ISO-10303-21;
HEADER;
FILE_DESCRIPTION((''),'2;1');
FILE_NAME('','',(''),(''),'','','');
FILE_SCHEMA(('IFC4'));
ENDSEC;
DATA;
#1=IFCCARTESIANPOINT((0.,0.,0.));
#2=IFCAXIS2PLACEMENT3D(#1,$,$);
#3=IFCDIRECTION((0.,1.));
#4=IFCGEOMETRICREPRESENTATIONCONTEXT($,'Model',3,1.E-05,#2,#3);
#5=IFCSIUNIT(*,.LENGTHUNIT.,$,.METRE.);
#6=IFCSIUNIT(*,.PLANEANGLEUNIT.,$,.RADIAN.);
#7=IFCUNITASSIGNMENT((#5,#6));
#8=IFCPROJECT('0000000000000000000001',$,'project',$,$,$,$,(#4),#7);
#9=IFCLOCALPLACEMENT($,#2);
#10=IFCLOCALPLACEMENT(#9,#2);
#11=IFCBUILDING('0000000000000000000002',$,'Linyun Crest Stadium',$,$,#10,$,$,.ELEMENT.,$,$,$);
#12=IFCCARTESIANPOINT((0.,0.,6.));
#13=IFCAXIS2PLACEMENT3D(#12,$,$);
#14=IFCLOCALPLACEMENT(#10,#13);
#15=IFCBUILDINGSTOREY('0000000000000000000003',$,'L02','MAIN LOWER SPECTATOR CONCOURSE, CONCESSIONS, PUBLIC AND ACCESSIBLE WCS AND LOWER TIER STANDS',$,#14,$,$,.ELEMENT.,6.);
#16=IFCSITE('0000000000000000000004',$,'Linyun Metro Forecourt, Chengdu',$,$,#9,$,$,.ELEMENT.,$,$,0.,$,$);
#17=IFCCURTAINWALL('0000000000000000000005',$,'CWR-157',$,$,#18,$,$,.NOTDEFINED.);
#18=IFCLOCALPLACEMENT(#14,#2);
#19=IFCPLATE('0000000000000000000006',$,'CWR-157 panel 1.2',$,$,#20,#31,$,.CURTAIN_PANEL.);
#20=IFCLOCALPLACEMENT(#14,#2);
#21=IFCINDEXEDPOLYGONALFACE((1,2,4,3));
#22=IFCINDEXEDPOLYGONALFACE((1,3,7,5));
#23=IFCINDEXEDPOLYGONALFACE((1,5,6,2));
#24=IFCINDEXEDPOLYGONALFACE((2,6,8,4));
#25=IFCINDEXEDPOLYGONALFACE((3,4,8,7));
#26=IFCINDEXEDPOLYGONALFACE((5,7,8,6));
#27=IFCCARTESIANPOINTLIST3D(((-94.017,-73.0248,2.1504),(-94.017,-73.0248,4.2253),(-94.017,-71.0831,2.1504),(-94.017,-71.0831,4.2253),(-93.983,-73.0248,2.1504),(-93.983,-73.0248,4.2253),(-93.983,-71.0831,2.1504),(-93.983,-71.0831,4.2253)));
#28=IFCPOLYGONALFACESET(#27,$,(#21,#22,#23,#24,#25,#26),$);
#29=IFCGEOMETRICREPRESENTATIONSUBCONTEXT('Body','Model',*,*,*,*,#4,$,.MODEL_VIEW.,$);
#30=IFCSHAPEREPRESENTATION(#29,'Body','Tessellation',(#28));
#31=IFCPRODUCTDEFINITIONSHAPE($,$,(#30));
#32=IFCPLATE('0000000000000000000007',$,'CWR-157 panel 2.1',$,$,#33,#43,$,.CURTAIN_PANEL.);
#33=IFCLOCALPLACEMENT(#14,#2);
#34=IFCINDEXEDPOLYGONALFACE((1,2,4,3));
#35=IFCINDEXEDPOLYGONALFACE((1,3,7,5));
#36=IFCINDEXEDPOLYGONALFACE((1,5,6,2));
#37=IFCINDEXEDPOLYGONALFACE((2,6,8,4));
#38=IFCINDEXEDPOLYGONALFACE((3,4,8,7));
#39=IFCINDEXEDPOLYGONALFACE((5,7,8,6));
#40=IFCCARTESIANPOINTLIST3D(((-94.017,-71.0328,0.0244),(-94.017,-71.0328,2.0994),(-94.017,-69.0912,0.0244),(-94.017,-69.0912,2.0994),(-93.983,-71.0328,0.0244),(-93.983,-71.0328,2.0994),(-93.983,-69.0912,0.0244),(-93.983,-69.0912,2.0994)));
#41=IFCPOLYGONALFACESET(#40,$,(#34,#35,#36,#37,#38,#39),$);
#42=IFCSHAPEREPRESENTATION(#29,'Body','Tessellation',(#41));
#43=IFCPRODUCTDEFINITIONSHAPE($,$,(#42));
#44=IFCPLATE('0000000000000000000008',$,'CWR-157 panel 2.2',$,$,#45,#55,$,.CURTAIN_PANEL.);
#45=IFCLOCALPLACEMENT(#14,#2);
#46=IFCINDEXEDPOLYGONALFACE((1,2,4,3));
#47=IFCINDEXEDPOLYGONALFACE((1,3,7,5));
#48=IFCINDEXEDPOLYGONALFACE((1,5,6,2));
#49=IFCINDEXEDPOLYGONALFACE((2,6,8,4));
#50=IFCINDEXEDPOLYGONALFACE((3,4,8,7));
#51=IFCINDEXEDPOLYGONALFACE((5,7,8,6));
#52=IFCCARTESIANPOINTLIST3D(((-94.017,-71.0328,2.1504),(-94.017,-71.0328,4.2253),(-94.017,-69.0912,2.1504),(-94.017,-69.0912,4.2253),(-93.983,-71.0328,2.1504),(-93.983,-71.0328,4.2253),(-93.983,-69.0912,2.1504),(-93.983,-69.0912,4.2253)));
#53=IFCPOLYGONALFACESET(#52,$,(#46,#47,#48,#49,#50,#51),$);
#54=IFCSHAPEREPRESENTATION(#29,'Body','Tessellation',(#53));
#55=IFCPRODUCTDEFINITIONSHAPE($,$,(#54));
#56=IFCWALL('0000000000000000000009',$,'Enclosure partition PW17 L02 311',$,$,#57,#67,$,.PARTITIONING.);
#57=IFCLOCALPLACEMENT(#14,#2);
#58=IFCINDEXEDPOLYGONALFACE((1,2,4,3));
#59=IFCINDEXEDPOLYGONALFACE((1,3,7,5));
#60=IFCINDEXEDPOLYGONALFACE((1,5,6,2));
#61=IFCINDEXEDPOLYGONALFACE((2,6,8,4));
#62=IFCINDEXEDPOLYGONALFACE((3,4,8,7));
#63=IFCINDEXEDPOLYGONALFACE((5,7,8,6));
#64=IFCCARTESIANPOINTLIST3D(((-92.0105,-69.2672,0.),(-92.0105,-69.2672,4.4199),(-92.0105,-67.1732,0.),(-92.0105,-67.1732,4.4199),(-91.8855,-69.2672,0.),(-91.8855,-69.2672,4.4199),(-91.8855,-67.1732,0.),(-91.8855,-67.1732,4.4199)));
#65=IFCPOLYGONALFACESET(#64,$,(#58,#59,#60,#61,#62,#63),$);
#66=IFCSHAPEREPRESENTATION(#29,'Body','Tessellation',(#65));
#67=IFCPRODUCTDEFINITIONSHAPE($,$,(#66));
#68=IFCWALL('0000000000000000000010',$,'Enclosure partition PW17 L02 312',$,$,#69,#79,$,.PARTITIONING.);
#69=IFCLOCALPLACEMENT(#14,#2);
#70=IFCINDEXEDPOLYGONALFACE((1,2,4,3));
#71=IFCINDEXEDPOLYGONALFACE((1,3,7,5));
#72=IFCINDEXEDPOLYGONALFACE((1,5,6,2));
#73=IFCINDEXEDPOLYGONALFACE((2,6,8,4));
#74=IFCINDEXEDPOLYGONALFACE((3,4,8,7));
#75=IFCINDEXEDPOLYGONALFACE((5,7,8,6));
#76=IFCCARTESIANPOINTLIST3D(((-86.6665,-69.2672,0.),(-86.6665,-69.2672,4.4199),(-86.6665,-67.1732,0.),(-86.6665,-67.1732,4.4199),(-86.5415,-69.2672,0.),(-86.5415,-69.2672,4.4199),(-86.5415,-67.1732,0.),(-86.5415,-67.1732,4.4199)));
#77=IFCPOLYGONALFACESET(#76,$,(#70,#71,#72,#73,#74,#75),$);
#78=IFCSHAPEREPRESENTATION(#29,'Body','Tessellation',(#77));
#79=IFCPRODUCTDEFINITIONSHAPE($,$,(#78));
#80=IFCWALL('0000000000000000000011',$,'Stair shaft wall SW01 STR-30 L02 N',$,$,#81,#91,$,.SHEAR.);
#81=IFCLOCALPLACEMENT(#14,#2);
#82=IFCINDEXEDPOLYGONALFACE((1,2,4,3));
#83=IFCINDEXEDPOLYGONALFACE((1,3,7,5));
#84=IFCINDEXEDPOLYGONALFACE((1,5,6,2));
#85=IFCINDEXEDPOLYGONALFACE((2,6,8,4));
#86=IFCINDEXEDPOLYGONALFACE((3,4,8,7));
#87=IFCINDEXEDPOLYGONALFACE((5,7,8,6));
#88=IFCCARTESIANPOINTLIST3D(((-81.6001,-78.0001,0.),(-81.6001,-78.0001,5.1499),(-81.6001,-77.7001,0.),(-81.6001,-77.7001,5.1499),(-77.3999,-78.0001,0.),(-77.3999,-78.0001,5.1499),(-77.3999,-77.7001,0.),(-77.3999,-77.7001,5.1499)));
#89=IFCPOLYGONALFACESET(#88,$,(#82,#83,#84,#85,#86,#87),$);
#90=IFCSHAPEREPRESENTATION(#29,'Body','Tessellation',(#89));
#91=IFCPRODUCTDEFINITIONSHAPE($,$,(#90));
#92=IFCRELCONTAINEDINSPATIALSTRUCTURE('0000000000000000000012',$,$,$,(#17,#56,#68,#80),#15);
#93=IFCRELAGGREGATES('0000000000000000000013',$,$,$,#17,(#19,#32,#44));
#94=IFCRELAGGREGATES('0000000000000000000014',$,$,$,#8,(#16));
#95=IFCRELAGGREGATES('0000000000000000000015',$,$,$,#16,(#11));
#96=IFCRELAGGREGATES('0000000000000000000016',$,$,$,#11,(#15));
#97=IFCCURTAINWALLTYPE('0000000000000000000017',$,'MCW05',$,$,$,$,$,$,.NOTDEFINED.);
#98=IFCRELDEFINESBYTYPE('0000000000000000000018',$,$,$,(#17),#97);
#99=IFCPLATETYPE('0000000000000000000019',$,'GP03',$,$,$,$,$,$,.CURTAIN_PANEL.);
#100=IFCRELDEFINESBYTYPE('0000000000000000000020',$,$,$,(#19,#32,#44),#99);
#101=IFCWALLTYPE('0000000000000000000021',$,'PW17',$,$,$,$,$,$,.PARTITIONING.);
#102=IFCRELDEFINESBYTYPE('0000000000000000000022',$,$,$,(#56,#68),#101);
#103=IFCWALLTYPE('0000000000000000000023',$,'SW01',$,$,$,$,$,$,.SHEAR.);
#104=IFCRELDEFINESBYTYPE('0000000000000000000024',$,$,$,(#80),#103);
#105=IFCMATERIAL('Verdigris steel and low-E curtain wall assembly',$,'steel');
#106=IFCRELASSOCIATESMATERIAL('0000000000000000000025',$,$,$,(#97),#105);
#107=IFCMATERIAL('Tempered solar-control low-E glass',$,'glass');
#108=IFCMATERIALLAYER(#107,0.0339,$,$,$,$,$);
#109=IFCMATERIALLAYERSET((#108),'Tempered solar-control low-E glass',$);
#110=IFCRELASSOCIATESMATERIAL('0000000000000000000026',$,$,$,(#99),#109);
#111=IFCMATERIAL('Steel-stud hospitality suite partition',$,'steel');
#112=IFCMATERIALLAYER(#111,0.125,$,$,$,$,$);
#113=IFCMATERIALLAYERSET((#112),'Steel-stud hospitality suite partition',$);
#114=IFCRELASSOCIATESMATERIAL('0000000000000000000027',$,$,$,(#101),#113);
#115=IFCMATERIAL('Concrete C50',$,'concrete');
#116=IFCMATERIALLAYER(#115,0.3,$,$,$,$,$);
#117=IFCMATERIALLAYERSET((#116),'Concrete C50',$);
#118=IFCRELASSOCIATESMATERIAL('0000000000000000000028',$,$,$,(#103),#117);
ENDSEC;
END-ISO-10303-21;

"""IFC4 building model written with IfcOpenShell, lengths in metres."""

from ifc_helpers import new_model, si_unit, direction, frame, frame_2d, origin, origin_2d, place, context, subcontext, project, spatial, rectangle, extrude, material, layer, layer_set, type_object, element, aggregate, save


model = new_model("IFC4")

# Units and contexts
model_context = context("Model", 3, precision=1e-05, world=origin(), true_north=direction((0.0, 1.0)))
body_context = subcontext(model_context, "Body", "Model", "MODEL_VIEW")
ifc_project = project(units=[si_unit("LENGTHUNIT", "METRE"), si_unit("PLANEANGLEUNIT", "RADIAN")], contexts=[model_context])

# Site, building, storey
site_placement = place(None, origin())
site = spatial("IfcSite", under=ifc_project, at=site_placement, Name="Linyun Metro Forecourt, Chengdu", CompositionType="ELEMENT", RefElevation=0.0)
building_placement = place(site_placement, origin())
building = spatial("IfcBuilding", under=site, at=building_placement, Name="Linyun Crest Stadium", CompositionType="ELEMENT")
storey_placement = place(building_placement, frame((0.0, 0.0, 6.0)))
storey = spatial("IfcBuildingStorey", under=building, at=storey_placement, Name="L02", Description="MAIN LOWER SPECTATOR CONCOURSE, CONCESSIONS, PUBLIC AND ACCESSIBLE WCS AND LOWER TIER STANDS", CompositionType="ELEMENT", Elevation=6.0)

# Shared definitions
ifc_material_1 = material(Name="Verdigris steel and low-E curtain wall assembly", Category="steel")
curtain_wall_type = type_object("IfcCurtainWallType", Name="MCW05", PredefinedType="NOTDEFINED", material=ifc_material_1)

# Curtain wall
curtain_wall_1_placement = place(storey_placement, origin())
curtain_wall_1 = element("IfcCurtainWall", 1, at=curtain_wall_1_placement, inside=storey, type_object=curtain_wall_type, Name="CWR-157", PredefinedType="NOTDEFINED")

# Plates
ifc_material_2 = material(Name="Tempered solar-control low-E glass", Category="glass")
ifc_layer_1 = layer(ifc_material_2, 0.0339)
ifc_layer_set_1 = layer_set([ifc_layer_1], Name="Tempered solar-control low-E glass")
plate_type = type_object("IfcPlateType", Name="GP03", PredefinedType="CURTAIN_PANEL", material=ifc_layer_set_1)
plate_1_placement = place(storey_placement, frame((-94.0, -72.054, 2.1504), z_axis=(0.0, 0.0, 1.0), x_axis=(0.0, 1.0, 0.0)))
plate_1 = element("IfcPlate", 2, at=plate_1_placement, type_object=plate_type, Name="CWR-157 panel 1.2", PredefinedType="CURTAIN_PANEL", context=body_context, shape_type="SweptSolid", body=[
    extrude(rectangle(XDim=1.9417, YDim=0.0339, at=origin_2d()), origin(), (0.0, 0.0, 1.0), 2.075),
])
plate_2_placement = place(storey_placement, frame((-94.0, -70.062, 0.0244), z_axis=(0.0, 0.0, 1.0), x_axis=(0.0, 1.0, 0.0)))
plate_2 = element("IfcPlate", 3, at=plate_2_placement, type_object=plate_type, Name="CWR-157 panel 2.1", PredefinedType="CURTAIN_PANEL", context=body_context, shape_type="SweptSolid", body=[
    extrude(rectangle(XDim=1.9417, YDim=0.0339, at=origin_2d()), origin(), (0.0, 0.0, 1.0), 2.075),
])
plate_3_placement = place(storey_placement, frame((-94.0, -70.062, 2.1504), z_axis=(0.0, 0.0, 1.0), x_axis=(0.0, 1.0, 0.0)))
plate_3 = element("IfcPlate", 4, at=plate_3_placement, type_object=plate_type, Name="CWR-157 panel 2.2", PredefinedType="CURTAIN_PANEL", context=body_context, shape_type="SweptSolid", body=[
    extrude(rectangle(XDim=1.9417, YDim=0.0339, at=origin_2d()), origin(), (0.0, 0.0, 1.0), 2.075),
])
aggregate(curtain_wall_1, [plate_1, plate_2, plate_3])

# Shared definitions
ifc_material_3 = material(Name="Steel-stud hospitality suite partition", Category="steel")
ifc_layer_2 = layer(ifc_material_3, 0.125)
ifc_layer_set_2 = layer_set([ifc_layer_2], Name="Steel-stud hospitality suite partition")
wall_type_1 = type_object("IfcWallType", Name="PW17", PredefinedType="PARTITIONING", material=ifc_layer_set_2)

# Walls
for number, where, z_axis, x_axis, name in (
    (5, (-91.948, -69.2671, 0.0), (0.0, 0.0, 1.0), (0.0, 1.0, 0.0), "Enclosure partition PW17 L02 311"),
    (6, (-86.604, -69.2671, 0.0), (0.0, 0.0, 1.0), (0.0, 1.0, 0.0), "Enclosure partition PW17 L02 312"),
):
    element("IfcWall", number, at=place(storey_placement, frame(where, z_axis=z_axis, x_axis=x_axis)), inside=storey, type_object=wall_type_1, Name=name, PredefinedType="PARTITIONING", context=body_context, shape_type="SweptSolid", body=[
        extrude(rectangle(XDim=2.094, YDim=0.125, at=frame_2d((1.0469, 0.0))), origin(), (0.0, 0.0, 1.0), 4.4199),
    ])
ifc_material_4 = material(Name="Concrete C50", Category="concrete")
ifc_layer_3 = layer(ifc_material_4, 0.3)
ifc_layer_set_3 = layer_set([ifc_layer_3], Name="Concrete C50")
wall_type_2 = type_object("IfcWallType", Name="SW01", PredefinedType="SHEAR", material=ifc_layer_set_3)
wall_1_placement = place(storey_placement, frame((-81.6001, -77.8501, 0.0), z_axis=(0.0, 0.0, 1.0), x_axis=(1.0, 0.0, 0.0)))
element("IfcWall", 7, at=wall_1_placement, inside=storey, type_object=wall_type_2, Name="Stair shaft wall SW01 STR-30 L02 N", PredefinedType="SHEAR", context=body_context, shape_type="SweptSolid", body=[
    extrude(rectangle(XDim=4.2002, YDim=0.3, at=frame_2d((2.1001, 0.0))), origin(), (0.0, 0.0, 1.0), 5.1499),
])

save(model, "model.ifc")
